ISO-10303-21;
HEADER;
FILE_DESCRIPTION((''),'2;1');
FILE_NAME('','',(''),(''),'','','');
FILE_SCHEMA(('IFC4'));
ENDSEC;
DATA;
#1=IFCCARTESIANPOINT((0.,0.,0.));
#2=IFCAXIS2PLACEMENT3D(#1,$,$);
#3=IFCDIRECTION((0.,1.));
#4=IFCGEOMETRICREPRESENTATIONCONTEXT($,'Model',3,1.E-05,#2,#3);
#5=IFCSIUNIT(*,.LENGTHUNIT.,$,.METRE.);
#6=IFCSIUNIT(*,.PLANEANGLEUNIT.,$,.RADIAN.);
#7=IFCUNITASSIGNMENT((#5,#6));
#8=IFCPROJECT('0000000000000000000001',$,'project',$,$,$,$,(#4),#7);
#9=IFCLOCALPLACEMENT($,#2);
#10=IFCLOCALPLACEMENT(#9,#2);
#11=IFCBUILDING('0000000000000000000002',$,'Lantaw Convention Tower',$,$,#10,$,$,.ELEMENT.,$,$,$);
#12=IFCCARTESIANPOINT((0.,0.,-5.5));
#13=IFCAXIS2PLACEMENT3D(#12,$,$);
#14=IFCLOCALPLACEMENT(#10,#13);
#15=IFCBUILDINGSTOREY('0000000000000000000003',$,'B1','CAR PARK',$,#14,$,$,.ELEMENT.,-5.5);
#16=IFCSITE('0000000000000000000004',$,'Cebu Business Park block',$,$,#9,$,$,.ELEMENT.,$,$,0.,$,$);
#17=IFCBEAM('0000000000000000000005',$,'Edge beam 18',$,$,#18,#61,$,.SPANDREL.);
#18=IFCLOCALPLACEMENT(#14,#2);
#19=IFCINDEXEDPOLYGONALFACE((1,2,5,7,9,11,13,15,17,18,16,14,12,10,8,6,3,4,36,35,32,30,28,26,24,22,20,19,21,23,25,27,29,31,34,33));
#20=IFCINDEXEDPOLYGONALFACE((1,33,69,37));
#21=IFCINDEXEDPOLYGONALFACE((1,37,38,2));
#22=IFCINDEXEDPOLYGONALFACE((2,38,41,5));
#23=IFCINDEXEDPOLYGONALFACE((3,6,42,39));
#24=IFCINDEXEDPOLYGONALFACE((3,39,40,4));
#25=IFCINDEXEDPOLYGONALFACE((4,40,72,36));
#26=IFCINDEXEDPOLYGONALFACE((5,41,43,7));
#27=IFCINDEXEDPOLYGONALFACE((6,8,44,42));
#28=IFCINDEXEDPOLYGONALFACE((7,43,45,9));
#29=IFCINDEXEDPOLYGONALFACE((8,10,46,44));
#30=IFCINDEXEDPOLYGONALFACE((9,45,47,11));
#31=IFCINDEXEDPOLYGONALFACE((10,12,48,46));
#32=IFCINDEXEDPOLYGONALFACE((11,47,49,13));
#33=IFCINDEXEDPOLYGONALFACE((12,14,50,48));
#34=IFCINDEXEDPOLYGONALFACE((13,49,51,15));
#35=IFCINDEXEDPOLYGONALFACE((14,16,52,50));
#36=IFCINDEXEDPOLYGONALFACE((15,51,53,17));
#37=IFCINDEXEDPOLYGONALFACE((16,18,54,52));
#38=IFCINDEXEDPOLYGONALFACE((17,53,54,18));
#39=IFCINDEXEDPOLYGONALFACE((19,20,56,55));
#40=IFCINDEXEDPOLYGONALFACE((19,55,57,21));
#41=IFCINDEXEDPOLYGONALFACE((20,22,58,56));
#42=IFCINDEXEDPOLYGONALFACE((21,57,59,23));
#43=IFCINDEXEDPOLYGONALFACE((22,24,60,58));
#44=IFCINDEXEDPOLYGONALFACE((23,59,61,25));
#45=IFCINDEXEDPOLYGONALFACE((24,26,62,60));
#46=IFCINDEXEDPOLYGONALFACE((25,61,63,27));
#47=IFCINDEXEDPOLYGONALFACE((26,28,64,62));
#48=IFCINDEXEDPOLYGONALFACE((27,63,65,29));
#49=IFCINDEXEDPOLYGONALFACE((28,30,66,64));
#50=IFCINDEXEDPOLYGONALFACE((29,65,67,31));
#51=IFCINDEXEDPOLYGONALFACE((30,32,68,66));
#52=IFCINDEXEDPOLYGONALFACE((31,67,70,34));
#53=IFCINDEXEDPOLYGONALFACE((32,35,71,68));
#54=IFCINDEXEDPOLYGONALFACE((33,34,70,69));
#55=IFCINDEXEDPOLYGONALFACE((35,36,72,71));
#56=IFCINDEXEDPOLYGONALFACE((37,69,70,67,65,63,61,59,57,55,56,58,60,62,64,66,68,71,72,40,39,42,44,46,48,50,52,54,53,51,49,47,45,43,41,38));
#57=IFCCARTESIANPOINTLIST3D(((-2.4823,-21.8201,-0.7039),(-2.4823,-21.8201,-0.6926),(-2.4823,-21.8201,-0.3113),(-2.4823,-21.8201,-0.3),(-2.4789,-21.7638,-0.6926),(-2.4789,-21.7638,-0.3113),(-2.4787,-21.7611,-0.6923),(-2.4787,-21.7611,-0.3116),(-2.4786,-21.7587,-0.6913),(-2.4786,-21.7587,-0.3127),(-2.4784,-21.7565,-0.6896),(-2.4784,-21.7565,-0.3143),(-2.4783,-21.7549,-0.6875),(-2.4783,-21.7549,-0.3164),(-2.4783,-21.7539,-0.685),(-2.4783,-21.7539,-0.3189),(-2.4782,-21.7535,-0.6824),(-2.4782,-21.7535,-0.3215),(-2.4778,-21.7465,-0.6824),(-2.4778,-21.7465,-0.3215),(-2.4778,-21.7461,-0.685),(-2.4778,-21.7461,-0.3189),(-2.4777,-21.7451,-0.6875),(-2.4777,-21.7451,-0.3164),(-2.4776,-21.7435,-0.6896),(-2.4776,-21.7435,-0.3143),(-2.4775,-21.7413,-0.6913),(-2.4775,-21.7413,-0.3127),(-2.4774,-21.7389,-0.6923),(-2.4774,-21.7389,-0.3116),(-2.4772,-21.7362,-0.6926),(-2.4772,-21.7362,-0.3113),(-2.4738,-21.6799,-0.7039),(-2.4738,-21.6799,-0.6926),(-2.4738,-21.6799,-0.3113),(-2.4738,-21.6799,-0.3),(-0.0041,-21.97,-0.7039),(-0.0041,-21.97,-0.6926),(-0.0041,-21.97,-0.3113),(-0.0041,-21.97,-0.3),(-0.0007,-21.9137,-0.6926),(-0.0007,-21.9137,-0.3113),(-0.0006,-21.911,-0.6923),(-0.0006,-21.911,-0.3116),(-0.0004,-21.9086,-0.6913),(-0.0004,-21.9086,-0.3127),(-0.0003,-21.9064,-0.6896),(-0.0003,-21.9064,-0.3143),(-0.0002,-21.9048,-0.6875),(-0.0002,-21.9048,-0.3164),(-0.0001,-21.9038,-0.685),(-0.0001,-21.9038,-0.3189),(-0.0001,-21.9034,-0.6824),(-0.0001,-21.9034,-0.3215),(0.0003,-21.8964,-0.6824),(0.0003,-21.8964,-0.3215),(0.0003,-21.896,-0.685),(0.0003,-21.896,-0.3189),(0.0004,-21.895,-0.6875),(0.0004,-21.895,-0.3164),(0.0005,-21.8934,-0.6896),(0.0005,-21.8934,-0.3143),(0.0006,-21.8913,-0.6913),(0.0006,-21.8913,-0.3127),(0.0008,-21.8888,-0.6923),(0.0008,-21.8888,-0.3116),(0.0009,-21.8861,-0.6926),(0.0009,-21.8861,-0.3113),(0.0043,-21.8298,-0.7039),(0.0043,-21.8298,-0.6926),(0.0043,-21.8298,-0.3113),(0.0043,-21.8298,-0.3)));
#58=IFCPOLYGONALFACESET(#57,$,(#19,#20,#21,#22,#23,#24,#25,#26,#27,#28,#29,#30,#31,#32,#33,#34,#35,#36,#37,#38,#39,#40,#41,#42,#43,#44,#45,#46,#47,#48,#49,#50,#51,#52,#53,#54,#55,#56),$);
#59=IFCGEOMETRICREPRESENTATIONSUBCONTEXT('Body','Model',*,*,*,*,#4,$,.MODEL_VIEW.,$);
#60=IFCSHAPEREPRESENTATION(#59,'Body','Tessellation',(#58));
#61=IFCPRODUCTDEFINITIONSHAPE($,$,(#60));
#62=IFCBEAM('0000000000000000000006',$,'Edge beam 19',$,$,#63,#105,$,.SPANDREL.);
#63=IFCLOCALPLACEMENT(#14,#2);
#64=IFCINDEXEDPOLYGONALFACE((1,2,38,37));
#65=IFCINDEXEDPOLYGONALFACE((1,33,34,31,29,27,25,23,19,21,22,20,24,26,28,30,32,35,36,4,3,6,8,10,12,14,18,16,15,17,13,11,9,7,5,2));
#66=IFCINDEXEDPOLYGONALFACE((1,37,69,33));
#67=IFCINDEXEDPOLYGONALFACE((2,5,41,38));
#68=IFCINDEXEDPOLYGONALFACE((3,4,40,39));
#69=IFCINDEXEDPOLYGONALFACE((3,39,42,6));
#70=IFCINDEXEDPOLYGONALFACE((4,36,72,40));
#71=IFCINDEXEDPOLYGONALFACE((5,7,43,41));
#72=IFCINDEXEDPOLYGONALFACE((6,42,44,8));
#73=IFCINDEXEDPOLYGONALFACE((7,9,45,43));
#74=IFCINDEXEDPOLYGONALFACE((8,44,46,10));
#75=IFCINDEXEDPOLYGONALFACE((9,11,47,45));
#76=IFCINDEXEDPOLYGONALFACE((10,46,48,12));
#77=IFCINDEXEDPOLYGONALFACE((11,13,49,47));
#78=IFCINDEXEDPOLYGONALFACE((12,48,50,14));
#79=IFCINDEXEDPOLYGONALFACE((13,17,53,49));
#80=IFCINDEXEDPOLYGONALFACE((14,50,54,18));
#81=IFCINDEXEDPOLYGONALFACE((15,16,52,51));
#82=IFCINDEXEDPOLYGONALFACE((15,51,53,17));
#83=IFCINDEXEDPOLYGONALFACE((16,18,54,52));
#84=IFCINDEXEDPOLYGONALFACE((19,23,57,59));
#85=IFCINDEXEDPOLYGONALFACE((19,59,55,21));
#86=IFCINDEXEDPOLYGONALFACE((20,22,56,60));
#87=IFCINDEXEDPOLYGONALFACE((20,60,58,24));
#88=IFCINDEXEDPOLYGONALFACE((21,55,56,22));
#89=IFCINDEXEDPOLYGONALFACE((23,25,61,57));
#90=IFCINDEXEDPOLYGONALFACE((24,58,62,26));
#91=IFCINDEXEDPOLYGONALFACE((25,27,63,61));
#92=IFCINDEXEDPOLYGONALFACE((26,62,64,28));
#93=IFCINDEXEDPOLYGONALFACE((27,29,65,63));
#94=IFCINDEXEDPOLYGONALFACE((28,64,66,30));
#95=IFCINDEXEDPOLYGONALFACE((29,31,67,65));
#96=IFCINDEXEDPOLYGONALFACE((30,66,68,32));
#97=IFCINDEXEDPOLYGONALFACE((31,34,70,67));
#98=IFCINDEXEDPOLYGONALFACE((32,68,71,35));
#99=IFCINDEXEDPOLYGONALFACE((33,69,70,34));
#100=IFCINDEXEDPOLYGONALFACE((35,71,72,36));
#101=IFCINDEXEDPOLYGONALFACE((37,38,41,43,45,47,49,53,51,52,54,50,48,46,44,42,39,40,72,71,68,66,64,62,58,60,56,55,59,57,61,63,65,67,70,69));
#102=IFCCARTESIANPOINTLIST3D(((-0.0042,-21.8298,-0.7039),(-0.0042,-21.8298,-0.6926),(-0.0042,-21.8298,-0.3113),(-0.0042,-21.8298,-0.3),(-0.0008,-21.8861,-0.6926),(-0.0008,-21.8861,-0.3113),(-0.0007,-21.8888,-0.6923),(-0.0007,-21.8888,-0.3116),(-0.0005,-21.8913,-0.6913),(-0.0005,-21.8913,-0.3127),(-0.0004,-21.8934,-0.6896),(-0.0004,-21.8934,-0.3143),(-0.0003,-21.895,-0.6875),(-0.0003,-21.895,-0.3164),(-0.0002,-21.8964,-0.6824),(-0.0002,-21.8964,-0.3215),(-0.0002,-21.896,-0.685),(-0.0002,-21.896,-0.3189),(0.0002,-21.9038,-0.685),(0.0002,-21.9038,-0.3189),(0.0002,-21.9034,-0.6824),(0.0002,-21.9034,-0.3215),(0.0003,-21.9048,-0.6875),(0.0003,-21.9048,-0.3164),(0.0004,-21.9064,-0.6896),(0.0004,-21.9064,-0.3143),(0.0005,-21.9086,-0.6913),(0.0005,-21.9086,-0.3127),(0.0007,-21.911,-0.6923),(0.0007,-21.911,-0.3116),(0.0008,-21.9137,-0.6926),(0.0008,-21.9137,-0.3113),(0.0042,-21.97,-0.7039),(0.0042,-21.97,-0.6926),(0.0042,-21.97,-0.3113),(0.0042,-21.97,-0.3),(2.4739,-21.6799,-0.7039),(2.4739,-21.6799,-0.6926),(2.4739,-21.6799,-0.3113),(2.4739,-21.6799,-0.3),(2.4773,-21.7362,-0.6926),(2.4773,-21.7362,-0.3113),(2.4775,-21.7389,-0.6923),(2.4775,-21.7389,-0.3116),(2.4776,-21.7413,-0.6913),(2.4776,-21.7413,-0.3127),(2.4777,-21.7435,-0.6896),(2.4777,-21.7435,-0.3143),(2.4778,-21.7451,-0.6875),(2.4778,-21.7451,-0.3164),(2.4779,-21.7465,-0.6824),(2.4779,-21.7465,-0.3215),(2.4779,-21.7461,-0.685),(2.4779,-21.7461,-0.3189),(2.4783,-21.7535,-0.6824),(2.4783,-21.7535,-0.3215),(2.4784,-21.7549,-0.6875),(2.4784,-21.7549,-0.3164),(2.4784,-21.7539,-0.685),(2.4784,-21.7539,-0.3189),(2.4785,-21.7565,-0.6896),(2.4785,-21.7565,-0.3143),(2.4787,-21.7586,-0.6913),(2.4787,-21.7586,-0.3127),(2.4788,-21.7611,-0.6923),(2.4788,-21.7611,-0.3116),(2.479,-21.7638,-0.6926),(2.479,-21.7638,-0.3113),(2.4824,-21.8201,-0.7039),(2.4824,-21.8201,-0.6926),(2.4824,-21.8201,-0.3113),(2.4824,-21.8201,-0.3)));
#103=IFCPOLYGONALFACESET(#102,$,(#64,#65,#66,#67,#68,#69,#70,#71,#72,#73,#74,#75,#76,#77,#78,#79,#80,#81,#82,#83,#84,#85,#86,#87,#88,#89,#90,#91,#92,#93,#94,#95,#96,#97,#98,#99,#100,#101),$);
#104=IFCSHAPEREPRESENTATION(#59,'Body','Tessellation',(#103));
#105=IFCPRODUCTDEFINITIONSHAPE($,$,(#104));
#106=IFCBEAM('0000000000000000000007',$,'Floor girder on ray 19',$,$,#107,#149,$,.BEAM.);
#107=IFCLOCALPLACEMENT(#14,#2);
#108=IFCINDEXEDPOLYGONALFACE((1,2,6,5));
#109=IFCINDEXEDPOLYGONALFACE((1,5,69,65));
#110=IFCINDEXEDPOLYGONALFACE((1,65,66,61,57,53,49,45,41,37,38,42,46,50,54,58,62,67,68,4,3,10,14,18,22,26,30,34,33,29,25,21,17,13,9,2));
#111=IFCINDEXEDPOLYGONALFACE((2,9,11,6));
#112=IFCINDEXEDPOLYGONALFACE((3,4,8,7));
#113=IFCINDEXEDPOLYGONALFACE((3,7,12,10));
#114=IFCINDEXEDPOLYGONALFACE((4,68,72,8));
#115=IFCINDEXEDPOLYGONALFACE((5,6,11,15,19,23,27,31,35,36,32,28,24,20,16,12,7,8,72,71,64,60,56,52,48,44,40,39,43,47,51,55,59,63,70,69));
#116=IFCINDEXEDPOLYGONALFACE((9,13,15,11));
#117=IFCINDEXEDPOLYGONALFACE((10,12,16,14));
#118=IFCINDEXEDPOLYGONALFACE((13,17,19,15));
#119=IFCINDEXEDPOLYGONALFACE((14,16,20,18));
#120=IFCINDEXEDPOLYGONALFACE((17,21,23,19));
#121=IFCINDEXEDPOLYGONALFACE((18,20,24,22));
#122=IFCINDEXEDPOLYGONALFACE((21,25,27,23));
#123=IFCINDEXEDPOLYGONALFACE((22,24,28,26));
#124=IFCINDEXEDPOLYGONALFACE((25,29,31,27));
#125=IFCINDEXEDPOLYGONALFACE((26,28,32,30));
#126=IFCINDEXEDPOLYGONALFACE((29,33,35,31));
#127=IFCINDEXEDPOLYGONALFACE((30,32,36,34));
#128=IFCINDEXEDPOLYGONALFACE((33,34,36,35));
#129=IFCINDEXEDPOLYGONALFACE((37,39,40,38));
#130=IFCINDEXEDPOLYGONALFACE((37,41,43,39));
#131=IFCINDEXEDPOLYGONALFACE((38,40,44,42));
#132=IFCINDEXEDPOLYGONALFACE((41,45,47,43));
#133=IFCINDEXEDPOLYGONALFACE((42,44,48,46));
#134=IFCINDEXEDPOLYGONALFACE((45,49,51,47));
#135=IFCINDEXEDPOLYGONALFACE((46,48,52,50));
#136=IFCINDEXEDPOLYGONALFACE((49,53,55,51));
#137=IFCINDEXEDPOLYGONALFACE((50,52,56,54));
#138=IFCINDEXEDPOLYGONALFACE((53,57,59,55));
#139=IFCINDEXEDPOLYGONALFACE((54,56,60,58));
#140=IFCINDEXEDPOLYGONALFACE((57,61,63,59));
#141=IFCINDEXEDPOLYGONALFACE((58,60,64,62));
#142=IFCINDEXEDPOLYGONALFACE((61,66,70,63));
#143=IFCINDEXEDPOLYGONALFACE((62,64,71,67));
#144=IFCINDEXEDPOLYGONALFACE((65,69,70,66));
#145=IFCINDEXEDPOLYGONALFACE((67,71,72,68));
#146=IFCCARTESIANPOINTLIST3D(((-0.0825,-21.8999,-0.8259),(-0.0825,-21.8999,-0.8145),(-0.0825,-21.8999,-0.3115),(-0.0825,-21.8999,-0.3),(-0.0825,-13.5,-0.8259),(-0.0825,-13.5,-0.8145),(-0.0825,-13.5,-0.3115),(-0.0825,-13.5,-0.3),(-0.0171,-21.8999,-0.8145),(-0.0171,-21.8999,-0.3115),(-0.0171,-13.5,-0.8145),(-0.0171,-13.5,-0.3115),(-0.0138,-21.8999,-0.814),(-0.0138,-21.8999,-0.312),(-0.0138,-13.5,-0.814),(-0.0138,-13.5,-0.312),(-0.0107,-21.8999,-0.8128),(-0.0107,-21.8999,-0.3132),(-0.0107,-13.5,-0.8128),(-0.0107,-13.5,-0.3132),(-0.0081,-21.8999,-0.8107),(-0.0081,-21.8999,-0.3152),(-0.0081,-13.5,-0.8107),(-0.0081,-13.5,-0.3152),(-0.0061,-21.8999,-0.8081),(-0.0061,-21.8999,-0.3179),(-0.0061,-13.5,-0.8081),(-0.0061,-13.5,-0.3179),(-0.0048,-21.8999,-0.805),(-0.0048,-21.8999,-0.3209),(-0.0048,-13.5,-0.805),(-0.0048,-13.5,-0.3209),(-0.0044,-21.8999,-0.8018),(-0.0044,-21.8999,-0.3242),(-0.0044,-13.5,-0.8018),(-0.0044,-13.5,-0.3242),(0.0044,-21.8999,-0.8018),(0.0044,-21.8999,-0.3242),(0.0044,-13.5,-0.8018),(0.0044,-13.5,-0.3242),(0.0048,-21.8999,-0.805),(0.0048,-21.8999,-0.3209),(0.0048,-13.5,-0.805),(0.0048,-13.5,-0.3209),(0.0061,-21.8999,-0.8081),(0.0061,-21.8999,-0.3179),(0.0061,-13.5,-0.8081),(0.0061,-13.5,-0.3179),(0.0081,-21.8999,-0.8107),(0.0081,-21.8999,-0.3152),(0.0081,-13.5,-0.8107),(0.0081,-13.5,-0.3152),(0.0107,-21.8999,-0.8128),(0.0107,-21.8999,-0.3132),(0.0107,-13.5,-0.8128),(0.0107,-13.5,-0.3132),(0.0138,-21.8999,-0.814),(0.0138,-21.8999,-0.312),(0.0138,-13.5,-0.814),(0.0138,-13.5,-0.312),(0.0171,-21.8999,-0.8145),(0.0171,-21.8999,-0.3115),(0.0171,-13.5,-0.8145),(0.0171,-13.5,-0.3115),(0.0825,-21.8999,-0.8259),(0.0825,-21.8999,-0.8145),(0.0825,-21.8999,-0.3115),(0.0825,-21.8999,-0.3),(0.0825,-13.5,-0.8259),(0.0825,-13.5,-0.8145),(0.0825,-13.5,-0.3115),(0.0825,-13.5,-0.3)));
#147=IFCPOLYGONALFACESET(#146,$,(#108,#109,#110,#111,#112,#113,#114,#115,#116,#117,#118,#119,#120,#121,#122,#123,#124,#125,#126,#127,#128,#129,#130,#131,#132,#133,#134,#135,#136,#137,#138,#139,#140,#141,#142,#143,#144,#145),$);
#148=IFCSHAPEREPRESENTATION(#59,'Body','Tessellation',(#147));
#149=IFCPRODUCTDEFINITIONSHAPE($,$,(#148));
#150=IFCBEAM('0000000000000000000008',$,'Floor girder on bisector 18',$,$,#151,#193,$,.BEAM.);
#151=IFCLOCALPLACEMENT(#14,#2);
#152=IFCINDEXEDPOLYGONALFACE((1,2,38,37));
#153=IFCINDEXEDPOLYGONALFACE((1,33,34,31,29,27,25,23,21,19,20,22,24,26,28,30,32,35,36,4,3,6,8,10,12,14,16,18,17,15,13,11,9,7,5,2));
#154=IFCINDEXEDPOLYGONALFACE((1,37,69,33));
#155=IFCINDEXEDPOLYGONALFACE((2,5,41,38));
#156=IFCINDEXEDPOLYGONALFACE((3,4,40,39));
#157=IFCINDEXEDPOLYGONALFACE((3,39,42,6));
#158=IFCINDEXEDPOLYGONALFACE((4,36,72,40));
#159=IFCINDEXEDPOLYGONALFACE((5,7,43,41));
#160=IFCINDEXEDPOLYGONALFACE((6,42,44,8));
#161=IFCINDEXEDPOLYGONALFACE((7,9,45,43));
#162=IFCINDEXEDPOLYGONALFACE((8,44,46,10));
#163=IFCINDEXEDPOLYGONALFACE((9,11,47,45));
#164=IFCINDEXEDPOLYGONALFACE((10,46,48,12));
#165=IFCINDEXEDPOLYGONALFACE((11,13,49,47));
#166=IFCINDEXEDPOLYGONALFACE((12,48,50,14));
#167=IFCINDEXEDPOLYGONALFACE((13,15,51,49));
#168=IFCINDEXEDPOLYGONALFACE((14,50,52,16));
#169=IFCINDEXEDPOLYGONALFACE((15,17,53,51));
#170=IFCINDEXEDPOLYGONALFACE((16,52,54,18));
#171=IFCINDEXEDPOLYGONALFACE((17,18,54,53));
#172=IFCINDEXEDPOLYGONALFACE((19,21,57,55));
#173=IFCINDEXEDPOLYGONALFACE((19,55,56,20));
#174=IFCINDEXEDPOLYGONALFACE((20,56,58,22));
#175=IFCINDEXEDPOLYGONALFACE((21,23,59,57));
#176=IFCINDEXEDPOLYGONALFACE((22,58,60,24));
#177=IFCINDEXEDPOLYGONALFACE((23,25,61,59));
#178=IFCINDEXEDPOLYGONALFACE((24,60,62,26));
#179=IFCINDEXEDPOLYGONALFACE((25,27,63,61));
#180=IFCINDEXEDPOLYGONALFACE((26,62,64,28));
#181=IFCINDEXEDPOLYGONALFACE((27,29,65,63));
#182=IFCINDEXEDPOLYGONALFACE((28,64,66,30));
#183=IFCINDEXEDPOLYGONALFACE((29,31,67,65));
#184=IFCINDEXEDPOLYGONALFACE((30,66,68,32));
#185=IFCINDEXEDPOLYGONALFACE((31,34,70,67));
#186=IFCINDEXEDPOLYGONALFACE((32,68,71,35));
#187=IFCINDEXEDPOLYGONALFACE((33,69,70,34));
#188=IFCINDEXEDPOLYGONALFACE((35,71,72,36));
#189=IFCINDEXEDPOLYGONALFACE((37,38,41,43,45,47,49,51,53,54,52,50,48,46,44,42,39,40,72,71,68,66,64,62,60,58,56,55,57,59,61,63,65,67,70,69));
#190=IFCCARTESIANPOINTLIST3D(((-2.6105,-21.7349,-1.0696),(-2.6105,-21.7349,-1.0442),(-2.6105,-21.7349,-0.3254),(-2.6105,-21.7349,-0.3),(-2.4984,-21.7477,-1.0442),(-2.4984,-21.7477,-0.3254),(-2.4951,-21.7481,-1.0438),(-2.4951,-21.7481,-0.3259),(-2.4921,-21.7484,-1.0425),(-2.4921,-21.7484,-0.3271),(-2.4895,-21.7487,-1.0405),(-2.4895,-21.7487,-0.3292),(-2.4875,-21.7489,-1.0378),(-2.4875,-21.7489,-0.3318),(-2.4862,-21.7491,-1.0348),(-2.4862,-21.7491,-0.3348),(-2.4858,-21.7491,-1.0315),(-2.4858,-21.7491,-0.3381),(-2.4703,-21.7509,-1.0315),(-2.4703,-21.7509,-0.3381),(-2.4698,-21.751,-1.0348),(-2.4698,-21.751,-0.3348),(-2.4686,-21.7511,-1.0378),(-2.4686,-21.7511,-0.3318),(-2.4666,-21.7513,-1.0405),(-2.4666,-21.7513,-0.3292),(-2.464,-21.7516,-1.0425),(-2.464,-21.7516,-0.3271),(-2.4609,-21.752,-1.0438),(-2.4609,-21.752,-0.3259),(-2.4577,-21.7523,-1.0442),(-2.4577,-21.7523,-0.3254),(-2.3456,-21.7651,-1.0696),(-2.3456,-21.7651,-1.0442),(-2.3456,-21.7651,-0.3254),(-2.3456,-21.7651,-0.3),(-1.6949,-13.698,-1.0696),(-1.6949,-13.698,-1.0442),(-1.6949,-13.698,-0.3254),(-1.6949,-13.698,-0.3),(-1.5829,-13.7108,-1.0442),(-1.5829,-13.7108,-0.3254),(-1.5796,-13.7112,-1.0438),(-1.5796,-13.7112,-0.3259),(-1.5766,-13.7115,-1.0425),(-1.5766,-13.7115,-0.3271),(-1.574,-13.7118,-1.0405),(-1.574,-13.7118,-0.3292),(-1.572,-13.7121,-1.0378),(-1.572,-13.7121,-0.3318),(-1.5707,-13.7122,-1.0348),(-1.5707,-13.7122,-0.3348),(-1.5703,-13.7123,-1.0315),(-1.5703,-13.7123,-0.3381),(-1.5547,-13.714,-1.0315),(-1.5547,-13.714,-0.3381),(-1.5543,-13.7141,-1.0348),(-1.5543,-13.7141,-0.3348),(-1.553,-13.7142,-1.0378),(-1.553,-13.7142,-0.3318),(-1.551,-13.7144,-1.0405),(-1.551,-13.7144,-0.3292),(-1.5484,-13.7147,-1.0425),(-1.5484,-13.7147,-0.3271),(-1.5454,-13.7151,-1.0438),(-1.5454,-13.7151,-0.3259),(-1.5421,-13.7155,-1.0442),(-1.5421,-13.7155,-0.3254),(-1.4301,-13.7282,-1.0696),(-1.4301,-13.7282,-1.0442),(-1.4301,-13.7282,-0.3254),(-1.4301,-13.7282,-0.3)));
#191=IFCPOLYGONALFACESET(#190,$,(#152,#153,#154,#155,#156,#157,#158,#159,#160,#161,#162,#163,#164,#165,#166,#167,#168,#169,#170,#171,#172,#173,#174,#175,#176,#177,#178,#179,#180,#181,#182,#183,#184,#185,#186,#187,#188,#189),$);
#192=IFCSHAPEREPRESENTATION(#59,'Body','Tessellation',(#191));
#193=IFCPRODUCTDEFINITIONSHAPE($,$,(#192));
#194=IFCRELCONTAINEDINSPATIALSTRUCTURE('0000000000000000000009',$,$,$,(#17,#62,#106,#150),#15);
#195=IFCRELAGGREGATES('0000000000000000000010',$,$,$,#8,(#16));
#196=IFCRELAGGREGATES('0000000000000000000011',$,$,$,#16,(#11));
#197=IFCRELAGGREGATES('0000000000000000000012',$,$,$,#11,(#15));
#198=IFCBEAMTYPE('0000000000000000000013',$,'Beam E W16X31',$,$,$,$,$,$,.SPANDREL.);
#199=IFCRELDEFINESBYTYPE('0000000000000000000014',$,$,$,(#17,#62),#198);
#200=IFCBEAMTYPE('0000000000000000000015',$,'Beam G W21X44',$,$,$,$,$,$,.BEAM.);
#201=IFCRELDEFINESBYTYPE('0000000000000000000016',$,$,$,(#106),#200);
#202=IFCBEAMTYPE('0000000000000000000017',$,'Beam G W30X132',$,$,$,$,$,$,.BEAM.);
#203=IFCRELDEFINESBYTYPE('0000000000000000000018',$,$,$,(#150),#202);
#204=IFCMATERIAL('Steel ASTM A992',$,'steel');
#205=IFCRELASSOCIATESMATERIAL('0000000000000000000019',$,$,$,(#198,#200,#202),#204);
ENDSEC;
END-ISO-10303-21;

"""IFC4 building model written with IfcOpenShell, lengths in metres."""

from ifc_helpers import new_model, si_unit, direction, frame, origin, origin_2d, place, context, subcontext, project, spatial, i_section, extrude, material, material_profile, profile_set, type_object, element, save


model = new_model("IFC4")

# Units and contexts
model_context = context("Model", 3, precision=1e-05, world=origin(), true_north=direction((0.0, 1.0)))
body_context = subcontext(model_context, "Body", "Model", "MODEL_VIEW")
ifc_project = project(units=[si_unit("LENGTHUNIT", "METRE"), si_unit("PLANEANGLEUNIT", "RADIAN")], contexts=[model_context])

# Site, building, storey
site_placement = place(None, origin())
site = spatial("IfcSite", under=ifc_project, at=site_placement, Name="Cebu Business Park block", CompositionType="ELEMENT", RefElevation=0.0)
building_placement = place(site_placement, origin())
building = spatial("IfcBuilding", under=site, at=building_placement, Name="Lantaw Convention Tower", CompositionType="ELEMENT")
storey_placement = place(building_placement, frame((0.0, 0.0, -5.5)))
storey = spatial("IfcBuildingStorey", under=building, at=storey_placement, Name="B1", Description="CAR PARK", CompositionType="ELEMENT", Elevation=-5.5)

# Beams
ifc_material_1 = material(Name="Steel ASTM A992", Category="steel")
ifc_material_profile_1 = material_profile(ifc_material_1, i_section(OverallWidth=0.1404, OverallDepth=0.4038, WebThickness=0.0071, FlangeThickness=0.0112, FilletRadius=0.0103, at=origin_2d()), Name="W16X31")
ifc_profile_set_1 = profile_set([ifc_material_profile_1], Name="Steel ASTM A992")
beam_type_1 = type_object("IfcBeamType", Name="Beam E W16X31", PredefinedType="SPANDREL", material=ifc_profile_set_1)
for number, where, z_axis, x_axis, name in (
    (1, (-2.478, -21.75, -0.502), (0.998175, -0.060382, 0.0), (0.060382, 0.998175, 0.0), "Edge beam 18"),
    (2, (0.0, -21.8999, -0.502), (0.998175, 0.060382, 0.0), (-0.060382, 0.998175, 0.0), "Edge beam 19"),
):
    element("IfcBeam", number, at=place(storey_placement, frame(where, z_axis=z_axis, x_axis=x_axis)), inside=storey, type_object=beam_type_1, Name=name, PredefinedType="SPANDREL", context=body_context, shape_type="SweptSolid", body=[
        extrude(i_section(OverallWidth=0.1404, OverallDepth=0.4038, WebThickness=0.0071, FlangeThickness=0.0112, FilletRadius=0.0103, at=origin_2d()), origin(), (0.0, 0.0, 1.0), 2.4827),
    ])
ifc_material_profile_2 = material_profile(ifc_material_1, i_section(OverallWidth=0.165, OverallDepth=0.5259, WebThickness=0.0088, FlangeThickness=0.0115, FilletRadius=0.0127, at=origin_2d()), Name="W21X44")
ifc_profile_set_2 = profile_set([ifc_material_profile_2], Name="Steel ASTM A992")
beam_type_2 = type_object("IfcBeamType", Name="Beam G W21X44", PredefinedType="BEAM", material=ifc_profile_set_2)
beam_1_placement = place(storey_placement, frame((0.0, -13.5, -0.563), z_axis=(0.0, -1.0, 0.0), x_axis=(1.0, 0.0, 0.0)))
element("IfcBeam", 3, at=beam_1_placement, inside=storey, type_object=beam_type_2, Name="Floor girder on ray 19", PredefinedType="BEAM", context=body_context, shape_type="SweptSolid", body=[
    extrude(i_section(OverallWidth=0.165, OverallDepth=0.5259, WebThickness=0.0088, FlangeThickness=0.0115, FilletRadius=0.0127, at=origin_2d()), origin(), (0.0, 0.0, 1.0), 8.3999),
])
ifc_material_profile_3 = material_profile(ifc_material_1, i_section(OverallWidth=0.2666, OverallDepth=0.7695, WebThickness=0.0156, FlangeThickness=0.0254, FilletRadius=0.0127, at=origin_2d()), Name="W30X132")
ifc_profile_set_3 = profile_set([ifc_material_profile_3], Name="Steel ASTM A992")
beam_type_3 = type_object("IfcBeamType", Name="Beam G W30X132", PredefinedType="BEAM", material=ifc_profile_set_3)
beam_2_placement = place(storey_placement, frame((-1.5625, -13.7131, -0.6848), z_axis=(-0.113184, -0.993574, 0.0), x_axis=(0.993574, -0.113184, 0.0)))
element("IfcBeam", 4, at=beam_2_placement, inside=storey, type_object=beam_type_3, Name="Floor girder on bisector 18", PredefinedType="BEAM", context=body_context, shape_type="SweptSolid", body=[
    extrude(i_section(OverallWidth=0.2666, OverallDepth=0.7695, WebThickness=0.0156, FlangeThickness=0.0254, FilletRadius=0.0127, at=origin_2d()), origin(), (0.0, 0.0, 1.0), 8.0889),
])

save(model, "model.ifc")
